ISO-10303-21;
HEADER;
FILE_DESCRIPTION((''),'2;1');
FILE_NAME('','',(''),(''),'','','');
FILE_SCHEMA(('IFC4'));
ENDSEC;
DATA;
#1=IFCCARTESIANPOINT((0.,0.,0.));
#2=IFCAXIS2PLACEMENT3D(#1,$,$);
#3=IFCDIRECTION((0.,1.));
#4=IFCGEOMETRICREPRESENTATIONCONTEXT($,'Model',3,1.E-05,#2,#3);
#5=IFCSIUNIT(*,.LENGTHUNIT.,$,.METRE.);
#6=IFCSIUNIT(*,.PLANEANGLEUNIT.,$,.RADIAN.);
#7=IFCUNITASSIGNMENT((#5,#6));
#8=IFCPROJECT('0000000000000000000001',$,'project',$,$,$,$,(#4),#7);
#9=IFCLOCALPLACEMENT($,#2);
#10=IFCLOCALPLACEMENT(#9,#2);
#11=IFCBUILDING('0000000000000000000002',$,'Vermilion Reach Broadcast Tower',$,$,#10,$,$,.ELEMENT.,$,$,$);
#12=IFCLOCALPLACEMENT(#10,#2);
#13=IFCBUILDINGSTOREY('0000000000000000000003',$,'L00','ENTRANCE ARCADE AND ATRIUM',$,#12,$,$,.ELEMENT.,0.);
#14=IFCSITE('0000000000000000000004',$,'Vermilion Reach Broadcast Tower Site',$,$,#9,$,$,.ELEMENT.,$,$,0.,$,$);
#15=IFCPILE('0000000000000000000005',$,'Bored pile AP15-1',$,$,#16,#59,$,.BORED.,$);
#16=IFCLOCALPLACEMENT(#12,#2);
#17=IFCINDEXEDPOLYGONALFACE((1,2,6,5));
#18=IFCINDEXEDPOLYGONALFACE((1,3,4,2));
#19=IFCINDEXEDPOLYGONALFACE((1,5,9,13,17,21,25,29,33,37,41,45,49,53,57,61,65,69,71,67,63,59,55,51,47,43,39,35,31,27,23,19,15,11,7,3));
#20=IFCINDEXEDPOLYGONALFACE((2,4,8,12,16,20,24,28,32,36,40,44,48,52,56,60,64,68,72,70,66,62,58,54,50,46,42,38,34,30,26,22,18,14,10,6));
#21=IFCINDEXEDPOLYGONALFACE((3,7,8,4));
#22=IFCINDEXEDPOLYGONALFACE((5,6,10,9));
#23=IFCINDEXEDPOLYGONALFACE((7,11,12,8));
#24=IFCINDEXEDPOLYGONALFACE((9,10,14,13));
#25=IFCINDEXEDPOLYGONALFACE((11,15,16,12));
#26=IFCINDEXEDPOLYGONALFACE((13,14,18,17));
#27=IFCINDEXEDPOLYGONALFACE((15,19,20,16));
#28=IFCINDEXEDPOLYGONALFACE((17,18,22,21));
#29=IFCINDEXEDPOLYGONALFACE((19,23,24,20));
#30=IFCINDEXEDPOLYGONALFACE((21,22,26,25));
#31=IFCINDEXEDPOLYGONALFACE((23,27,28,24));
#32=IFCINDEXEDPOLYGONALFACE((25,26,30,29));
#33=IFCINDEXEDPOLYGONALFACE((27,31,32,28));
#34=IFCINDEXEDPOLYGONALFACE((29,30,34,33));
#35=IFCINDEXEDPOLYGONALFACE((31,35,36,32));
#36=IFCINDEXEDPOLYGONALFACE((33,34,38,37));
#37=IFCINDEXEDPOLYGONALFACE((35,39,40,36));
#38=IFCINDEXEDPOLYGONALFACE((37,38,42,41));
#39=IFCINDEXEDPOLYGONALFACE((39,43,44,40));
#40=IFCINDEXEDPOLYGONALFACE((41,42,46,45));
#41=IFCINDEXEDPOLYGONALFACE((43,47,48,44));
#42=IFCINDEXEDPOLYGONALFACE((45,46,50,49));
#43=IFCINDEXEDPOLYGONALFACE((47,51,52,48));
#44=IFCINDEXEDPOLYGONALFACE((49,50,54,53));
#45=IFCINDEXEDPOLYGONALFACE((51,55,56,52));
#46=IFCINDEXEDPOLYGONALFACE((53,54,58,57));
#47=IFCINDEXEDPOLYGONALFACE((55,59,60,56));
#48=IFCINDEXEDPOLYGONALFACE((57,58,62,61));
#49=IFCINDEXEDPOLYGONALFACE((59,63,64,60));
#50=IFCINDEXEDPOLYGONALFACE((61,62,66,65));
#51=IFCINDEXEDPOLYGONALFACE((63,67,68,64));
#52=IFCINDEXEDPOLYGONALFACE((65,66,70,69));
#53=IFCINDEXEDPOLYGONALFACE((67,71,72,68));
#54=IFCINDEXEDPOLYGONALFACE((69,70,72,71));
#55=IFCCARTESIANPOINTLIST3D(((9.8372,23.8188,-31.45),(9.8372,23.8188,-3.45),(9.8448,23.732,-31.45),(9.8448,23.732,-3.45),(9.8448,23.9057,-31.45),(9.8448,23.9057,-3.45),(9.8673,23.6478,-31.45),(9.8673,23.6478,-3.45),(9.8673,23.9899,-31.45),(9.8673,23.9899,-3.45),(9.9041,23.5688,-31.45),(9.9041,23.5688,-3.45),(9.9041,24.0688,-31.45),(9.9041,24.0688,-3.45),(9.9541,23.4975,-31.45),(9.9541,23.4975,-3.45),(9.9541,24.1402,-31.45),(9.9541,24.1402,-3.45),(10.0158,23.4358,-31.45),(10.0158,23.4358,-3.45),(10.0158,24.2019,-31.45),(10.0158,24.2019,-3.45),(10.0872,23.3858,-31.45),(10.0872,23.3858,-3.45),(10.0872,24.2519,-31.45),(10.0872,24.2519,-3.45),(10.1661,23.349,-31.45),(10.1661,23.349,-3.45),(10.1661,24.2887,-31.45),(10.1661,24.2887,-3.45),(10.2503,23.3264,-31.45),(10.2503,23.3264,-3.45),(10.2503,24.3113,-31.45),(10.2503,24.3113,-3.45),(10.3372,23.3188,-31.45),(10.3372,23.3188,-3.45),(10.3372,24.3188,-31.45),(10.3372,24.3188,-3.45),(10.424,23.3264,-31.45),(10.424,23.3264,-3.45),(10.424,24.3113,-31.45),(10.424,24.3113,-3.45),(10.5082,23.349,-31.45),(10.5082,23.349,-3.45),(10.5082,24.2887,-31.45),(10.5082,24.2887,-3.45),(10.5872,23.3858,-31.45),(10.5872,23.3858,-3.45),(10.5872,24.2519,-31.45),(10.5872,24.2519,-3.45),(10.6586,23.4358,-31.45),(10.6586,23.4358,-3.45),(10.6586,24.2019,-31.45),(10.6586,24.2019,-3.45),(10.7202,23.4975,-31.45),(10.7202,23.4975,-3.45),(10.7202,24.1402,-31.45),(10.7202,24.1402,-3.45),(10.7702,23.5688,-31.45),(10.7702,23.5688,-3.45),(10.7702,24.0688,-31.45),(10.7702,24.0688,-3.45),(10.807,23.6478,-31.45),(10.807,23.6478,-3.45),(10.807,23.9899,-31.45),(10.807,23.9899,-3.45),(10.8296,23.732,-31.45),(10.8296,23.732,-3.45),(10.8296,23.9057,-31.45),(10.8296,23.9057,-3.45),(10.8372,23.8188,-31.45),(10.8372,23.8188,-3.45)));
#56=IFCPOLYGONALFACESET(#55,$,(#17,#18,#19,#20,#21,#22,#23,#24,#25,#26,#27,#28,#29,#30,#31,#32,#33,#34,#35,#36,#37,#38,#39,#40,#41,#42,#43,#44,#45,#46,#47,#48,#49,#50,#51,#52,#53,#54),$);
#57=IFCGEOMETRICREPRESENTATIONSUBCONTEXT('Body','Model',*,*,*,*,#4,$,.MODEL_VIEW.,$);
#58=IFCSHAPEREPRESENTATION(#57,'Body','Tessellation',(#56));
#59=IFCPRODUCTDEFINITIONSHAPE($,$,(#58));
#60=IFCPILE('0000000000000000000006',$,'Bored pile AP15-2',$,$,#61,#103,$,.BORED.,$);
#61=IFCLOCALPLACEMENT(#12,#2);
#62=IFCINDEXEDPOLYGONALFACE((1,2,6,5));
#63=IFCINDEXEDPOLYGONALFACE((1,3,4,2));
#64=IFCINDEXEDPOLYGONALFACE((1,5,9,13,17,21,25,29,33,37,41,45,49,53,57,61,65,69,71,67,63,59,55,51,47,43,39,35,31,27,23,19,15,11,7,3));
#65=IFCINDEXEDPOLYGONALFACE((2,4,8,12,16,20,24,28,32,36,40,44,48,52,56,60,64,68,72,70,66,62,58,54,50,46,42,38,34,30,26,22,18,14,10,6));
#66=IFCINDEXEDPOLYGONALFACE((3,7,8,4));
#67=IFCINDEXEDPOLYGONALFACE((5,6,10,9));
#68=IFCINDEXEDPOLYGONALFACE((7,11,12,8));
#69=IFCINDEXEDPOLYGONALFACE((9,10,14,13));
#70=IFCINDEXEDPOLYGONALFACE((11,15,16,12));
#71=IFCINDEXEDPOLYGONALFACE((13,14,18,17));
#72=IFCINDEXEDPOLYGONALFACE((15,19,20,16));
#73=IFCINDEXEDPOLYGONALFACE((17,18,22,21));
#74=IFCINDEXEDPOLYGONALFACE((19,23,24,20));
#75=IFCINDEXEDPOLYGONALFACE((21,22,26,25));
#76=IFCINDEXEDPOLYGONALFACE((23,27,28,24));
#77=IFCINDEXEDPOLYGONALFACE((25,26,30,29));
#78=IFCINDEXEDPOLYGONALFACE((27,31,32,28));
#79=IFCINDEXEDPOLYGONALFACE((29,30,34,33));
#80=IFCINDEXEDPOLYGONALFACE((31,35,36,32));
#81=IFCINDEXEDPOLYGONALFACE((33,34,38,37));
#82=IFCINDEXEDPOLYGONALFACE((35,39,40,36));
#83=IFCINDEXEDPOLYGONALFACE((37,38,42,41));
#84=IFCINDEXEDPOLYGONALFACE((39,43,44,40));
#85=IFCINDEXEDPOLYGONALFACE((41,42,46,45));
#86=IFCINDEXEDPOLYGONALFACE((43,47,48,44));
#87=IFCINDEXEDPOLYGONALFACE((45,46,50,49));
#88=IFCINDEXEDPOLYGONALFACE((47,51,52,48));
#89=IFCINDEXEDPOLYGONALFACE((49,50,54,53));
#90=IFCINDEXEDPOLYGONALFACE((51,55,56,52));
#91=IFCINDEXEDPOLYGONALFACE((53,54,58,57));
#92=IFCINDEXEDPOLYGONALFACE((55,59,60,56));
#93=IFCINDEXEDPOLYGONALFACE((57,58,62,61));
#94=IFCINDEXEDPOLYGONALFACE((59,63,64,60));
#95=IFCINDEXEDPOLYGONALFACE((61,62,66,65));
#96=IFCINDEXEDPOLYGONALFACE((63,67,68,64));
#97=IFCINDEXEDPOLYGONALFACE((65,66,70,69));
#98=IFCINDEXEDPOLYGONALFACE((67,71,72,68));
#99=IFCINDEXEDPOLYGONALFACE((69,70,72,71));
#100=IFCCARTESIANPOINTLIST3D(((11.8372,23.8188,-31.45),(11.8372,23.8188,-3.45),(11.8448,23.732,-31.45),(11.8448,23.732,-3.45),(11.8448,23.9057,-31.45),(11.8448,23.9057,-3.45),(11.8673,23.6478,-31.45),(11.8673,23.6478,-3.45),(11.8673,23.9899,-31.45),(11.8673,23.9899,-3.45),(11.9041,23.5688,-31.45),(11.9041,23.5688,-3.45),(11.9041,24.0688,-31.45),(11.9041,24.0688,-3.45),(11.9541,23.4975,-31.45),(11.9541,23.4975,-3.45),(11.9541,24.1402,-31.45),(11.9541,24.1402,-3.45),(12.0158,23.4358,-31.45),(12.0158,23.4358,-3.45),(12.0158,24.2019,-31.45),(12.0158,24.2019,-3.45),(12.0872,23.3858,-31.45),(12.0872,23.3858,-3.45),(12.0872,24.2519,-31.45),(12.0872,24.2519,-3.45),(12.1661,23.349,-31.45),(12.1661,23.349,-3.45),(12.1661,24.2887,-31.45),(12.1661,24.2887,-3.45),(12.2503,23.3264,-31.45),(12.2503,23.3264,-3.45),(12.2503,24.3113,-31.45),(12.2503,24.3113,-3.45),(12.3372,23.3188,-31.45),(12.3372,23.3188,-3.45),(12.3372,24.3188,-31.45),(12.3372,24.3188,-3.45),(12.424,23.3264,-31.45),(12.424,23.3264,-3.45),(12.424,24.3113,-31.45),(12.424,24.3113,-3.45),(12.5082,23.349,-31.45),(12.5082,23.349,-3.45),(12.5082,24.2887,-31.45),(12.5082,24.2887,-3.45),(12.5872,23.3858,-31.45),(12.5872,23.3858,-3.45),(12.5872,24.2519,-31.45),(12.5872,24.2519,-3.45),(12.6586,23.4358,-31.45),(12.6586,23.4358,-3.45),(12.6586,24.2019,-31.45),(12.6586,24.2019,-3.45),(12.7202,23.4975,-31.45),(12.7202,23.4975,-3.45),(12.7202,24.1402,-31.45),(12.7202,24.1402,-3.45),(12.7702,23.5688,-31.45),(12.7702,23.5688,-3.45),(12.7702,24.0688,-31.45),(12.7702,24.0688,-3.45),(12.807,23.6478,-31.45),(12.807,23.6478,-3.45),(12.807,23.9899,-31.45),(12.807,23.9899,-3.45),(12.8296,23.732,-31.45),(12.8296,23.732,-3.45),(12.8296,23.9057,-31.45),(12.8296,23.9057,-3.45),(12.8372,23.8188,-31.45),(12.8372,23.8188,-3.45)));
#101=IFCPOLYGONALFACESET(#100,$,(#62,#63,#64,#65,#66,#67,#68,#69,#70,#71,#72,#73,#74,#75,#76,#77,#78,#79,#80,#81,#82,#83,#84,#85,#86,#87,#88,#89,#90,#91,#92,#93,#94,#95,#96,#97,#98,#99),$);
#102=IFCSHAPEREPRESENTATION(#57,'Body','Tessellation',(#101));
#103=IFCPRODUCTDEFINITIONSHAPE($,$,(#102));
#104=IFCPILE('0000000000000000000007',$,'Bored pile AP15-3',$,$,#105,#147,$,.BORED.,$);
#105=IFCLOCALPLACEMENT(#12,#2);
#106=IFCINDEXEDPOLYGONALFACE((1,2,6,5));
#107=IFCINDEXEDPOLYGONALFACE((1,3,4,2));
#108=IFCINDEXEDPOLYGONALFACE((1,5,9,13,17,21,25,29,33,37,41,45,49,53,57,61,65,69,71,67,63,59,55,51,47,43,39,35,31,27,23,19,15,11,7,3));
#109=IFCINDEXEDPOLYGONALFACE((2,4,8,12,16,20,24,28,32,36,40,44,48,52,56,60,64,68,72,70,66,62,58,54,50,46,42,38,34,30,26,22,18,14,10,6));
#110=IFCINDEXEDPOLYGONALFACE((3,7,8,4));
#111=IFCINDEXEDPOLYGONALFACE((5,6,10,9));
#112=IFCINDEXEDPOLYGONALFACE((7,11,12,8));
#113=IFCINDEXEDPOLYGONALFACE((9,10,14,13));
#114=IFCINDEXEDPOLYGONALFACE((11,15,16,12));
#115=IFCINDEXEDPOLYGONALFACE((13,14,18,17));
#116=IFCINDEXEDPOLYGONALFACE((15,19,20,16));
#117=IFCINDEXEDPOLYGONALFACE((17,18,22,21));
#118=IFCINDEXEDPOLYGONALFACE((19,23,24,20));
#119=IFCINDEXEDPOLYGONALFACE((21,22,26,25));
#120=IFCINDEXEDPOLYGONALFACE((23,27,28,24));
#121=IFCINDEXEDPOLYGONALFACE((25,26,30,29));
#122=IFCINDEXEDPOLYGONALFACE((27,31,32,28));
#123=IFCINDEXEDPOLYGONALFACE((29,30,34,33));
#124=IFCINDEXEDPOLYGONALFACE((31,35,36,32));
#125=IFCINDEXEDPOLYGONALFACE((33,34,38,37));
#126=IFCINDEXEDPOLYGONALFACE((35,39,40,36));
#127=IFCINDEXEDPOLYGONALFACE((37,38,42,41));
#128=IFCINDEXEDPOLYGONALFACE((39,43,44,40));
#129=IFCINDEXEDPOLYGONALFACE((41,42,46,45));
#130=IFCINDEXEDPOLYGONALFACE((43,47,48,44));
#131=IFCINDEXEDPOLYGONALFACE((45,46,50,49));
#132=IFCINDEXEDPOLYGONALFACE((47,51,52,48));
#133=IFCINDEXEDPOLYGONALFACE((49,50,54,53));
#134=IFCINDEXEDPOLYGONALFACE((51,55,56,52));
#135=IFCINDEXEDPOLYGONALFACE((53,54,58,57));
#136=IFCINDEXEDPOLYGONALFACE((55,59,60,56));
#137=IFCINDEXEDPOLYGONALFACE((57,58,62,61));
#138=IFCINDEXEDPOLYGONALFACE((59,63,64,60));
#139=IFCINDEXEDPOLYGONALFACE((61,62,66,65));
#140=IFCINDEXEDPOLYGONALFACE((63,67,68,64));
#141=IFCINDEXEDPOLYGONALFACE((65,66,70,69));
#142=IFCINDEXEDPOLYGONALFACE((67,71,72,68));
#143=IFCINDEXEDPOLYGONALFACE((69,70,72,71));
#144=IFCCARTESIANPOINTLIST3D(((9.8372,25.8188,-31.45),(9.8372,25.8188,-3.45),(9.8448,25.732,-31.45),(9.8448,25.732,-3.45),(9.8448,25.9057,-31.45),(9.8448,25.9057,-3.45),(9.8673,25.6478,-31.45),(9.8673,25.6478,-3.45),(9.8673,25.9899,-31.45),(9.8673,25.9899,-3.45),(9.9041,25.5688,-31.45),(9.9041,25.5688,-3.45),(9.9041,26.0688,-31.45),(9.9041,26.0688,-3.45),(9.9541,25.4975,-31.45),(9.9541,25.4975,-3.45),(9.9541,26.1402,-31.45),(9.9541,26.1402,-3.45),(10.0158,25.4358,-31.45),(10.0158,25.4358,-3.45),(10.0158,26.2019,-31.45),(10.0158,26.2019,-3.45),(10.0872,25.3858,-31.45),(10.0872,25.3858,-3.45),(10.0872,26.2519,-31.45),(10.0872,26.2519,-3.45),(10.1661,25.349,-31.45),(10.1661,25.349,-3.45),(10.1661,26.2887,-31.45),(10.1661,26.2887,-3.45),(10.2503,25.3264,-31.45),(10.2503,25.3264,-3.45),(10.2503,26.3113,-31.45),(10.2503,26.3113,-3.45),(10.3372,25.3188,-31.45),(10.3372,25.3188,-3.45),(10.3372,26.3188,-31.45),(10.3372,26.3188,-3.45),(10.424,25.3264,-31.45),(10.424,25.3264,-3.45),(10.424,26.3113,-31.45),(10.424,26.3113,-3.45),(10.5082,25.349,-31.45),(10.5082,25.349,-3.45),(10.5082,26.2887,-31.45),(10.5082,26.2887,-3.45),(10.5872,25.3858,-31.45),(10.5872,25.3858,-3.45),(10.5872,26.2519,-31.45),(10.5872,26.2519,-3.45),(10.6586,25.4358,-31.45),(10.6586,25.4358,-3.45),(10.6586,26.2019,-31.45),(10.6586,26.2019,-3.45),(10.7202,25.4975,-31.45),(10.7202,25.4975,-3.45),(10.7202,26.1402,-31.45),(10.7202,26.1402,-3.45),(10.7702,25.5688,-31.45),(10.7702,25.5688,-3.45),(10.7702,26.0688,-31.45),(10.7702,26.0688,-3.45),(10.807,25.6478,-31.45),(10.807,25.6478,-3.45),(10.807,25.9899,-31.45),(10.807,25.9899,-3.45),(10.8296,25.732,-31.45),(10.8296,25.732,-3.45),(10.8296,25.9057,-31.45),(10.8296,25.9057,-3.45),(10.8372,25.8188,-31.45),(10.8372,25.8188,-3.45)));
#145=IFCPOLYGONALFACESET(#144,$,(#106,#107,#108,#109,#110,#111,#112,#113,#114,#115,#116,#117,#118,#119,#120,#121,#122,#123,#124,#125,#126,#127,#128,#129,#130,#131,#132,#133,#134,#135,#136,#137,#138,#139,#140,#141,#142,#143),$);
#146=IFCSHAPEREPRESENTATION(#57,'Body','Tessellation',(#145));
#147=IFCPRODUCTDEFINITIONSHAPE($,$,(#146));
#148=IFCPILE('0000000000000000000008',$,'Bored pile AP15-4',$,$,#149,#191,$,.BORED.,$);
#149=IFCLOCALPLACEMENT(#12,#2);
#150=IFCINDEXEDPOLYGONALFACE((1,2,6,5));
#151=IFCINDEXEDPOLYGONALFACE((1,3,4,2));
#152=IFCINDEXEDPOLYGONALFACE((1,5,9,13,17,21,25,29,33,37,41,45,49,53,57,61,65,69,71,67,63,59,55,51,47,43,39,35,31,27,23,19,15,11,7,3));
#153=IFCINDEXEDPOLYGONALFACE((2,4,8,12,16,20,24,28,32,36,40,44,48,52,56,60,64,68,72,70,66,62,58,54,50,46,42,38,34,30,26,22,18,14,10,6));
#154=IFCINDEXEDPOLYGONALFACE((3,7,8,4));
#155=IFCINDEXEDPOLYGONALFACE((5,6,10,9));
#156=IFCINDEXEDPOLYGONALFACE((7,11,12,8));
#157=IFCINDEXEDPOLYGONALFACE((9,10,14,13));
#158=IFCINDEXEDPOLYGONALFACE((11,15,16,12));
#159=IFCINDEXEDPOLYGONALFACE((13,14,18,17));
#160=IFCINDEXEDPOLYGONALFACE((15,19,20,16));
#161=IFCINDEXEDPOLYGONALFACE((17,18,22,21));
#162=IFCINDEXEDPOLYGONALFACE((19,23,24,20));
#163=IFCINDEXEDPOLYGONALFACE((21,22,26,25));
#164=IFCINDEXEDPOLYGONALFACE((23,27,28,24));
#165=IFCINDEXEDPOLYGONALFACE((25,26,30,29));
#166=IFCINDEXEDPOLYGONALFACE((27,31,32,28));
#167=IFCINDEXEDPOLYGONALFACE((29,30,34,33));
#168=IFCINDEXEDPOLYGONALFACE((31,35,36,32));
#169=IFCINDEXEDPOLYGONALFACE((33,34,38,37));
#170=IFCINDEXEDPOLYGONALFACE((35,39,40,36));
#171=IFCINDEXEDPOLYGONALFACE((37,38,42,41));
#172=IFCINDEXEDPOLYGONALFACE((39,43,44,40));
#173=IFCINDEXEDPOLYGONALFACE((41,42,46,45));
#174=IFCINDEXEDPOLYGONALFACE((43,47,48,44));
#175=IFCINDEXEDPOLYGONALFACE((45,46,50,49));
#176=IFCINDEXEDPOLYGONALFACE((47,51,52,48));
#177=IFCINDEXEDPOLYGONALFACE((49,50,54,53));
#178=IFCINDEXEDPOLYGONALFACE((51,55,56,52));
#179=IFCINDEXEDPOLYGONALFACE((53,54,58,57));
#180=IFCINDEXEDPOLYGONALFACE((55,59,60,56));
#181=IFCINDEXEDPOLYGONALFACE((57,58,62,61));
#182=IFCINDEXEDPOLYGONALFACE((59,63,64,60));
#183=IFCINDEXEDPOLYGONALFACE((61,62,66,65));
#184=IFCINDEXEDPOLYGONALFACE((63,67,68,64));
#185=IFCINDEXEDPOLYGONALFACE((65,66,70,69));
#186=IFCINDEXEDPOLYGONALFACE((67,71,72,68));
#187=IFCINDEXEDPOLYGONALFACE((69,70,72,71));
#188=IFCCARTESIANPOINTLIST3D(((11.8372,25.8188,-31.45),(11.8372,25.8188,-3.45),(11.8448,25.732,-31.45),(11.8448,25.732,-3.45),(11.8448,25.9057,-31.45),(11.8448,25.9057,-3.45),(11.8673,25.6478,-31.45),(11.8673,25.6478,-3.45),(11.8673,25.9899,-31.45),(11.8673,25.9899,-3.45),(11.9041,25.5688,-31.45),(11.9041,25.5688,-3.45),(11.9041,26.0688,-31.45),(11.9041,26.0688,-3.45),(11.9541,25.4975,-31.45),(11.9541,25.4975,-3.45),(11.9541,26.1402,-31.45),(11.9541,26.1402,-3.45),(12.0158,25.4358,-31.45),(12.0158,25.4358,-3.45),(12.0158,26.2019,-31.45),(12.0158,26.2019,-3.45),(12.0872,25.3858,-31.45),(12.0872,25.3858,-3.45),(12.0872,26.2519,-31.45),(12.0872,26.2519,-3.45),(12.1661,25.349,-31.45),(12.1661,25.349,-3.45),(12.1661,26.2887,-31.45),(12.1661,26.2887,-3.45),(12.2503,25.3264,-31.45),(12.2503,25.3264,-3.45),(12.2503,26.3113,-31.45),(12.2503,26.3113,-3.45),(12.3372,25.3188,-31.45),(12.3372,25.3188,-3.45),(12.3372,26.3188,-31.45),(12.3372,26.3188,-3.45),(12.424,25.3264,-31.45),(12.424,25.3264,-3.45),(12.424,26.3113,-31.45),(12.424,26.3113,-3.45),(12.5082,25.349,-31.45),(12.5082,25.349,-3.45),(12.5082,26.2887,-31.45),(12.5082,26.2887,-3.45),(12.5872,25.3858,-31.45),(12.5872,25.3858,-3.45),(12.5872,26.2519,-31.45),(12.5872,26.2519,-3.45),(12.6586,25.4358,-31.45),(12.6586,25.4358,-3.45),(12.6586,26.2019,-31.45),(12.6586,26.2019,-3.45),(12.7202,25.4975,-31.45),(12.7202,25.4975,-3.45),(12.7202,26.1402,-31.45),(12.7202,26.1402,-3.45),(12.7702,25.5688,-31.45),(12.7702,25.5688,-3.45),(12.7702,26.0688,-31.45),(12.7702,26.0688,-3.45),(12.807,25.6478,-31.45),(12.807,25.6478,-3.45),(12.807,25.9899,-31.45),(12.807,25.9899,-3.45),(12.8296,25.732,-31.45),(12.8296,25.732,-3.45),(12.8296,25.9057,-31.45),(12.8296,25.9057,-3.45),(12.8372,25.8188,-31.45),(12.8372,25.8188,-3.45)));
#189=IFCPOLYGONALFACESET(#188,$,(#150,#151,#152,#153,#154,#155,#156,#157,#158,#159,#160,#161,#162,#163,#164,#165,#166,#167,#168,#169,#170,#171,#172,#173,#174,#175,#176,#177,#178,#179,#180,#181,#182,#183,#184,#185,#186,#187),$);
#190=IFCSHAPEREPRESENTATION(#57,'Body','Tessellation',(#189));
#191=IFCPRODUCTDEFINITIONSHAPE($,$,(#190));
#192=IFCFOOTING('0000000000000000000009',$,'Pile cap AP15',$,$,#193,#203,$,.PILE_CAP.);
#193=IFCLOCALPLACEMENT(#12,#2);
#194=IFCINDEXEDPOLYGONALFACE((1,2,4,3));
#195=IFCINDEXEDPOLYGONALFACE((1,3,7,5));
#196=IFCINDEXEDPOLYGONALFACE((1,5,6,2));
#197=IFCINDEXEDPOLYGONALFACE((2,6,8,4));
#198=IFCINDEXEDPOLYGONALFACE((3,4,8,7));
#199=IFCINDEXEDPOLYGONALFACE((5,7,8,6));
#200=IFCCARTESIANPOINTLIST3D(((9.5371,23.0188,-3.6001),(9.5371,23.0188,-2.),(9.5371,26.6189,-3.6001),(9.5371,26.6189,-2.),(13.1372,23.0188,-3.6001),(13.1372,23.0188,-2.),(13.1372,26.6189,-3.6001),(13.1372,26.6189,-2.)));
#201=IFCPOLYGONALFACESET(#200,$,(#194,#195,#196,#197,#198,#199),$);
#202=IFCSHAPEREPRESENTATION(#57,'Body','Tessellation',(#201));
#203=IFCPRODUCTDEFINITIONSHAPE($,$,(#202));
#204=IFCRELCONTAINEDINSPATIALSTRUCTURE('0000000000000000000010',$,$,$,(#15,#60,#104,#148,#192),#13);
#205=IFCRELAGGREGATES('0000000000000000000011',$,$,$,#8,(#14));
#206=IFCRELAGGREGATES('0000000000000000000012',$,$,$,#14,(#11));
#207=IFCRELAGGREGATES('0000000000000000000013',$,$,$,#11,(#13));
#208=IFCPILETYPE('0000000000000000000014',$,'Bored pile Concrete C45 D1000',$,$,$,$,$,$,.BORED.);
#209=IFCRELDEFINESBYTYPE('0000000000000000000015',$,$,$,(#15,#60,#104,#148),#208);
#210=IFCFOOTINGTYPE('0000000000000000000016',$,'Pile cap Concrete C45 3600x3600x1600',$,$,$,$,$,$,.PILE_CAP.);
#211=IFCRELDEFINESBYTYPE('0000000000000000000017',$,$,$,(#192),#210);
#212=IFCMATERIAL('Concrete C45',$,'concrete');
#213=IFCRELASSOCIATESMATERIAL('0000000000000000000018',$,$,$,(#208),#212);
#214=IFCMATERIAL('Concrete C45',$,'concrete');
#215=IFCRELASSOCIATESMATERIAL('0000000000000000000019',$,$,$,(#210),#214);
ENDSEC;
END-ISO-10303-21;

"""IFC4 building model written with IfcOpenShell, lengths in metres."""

from ifc_helpers import new_model, si_unit, direction, frame, origin, origin_2d, place, context, subcontext, project, spatial, rectangle, circle, extrude, material, material_profile, profile_set, type_object, element, save


model = new_model("IFC4")

# Units and contexts
model_context = context("Model", 3, precision=1e-05, world=origin(), true_north=direction((0.0, 1.0)))
body_context = subcontext(model_context, "Body", "Model", "MODEL_VIEW")
ifc_project = project(units=[si_unit("LENGTHUNIT", "METRE"), si_unit("PLANEANGLEUNIT", "RADIAN")], contexts=[model_context])

# Site, building, storey
site_placement = place(None, origin())
site = spatial("IfcSite", under=ifc_project, at=site_placement, Name="Vermilion Reach Broadcast Tower Site", CompositionType="ELEMENT", RefElevation=0.0)
building_placement = place(site_placement, origin())
building = spatial("IfcBuilding", under=site, at=building_placement, Name="Vermilion Reach Broadcast Tower", CompositionType="ELEMENT")
storey_placement = place(building_placement, origin())
storey = spatial("IfcBuildingStorey", under=building, at=storey_placement, Name="L00", Description="ENTRANCE ARCADE AND ATRIUM", CompositionType="ELEMENT", Elevation=0.0)

# Piles
ifc_material_1 = material(Name="Concrete C45", Category="concrete")
ifc_material_profile_1 = material_profile(ifc_material_1, circle(Radius=0.5, at=origin_2d()), Name="Concrete C45 D1000")
ifc_profile_set_1 = profile_set([ifc_material_profile_1], Name="Concrete C45")
pile_type = type_object("IfcPileType", Name="Bored pile Concrete C45 D1000", PredefinedType="BORED", material=ifc_profile_set_1)
for number, where, z_axis, x_axis, name in (
    (1, (10.3372, 23.8188, -3.45), (0.0, 0.0, -1.0), (1.0, 0.0, 0.0), "Bored pile AP15-1"),
    (2, (12.3372, 23.8188, -3.45), (0.0, 0.0, -1.0), (1.0, 0.0, 0.0), "Bored pile AP15-2"),
    (3, (10.3372, 25.8188, -3.45), (0.0, 0.0, -1.0), (1.0, 0.0, 0.0), "Bored pile AP15-3"),
    (4, (12.3372, 25.8188, -3.45), (0.0, 0.0, -1.0), (1.0, 0.0, 0.0), "Bored pile AP15-4"),
):
    element("IfcPile", number, at=place(storey_placement, frame(where, z_axis=z_axis, x_axis=x_axis)), inside=storey, type_object=pile_type, Name=name, PredefinedType="BORED", context=body_context, shape_type="SweptSolid", body=[
        extrude(circle(Radius=0.5, at=origin_2d()), origin(), (0.0, 0.0, 1.0), 28.0),
    ])

# Footing
ifc_material_2 = material(Name="Concrete C45", Category="concrete")
footing_type = type_object("IfcFootingType", Name="Pile cap Concrete C45 3600x3600x1600", PredefinedType="PILE_CAP", material=ifc_material_2)
footing_placement = place(storey_placement, frame((11.3372, 24.8188, -3.6001), z_axis=(0.0, 0.0, 1.0), x_axis=(1.0, 0.0, 0.0)))
element("IfcFooting", 5, at=footing_placement, inside=storey, type_object=footing_type, Name="Pile cap AP15", PredefinedType="PILE_CAP", context=body_context, shape_type="SweptSolid", body=[
    extrude(rectangle(XDim=3.6001, YDim=3.6001, at=origin_2d()), origin(), (0.0, 0.0, 1.0), 1.6001),
])

save(model, "model.ifc")
